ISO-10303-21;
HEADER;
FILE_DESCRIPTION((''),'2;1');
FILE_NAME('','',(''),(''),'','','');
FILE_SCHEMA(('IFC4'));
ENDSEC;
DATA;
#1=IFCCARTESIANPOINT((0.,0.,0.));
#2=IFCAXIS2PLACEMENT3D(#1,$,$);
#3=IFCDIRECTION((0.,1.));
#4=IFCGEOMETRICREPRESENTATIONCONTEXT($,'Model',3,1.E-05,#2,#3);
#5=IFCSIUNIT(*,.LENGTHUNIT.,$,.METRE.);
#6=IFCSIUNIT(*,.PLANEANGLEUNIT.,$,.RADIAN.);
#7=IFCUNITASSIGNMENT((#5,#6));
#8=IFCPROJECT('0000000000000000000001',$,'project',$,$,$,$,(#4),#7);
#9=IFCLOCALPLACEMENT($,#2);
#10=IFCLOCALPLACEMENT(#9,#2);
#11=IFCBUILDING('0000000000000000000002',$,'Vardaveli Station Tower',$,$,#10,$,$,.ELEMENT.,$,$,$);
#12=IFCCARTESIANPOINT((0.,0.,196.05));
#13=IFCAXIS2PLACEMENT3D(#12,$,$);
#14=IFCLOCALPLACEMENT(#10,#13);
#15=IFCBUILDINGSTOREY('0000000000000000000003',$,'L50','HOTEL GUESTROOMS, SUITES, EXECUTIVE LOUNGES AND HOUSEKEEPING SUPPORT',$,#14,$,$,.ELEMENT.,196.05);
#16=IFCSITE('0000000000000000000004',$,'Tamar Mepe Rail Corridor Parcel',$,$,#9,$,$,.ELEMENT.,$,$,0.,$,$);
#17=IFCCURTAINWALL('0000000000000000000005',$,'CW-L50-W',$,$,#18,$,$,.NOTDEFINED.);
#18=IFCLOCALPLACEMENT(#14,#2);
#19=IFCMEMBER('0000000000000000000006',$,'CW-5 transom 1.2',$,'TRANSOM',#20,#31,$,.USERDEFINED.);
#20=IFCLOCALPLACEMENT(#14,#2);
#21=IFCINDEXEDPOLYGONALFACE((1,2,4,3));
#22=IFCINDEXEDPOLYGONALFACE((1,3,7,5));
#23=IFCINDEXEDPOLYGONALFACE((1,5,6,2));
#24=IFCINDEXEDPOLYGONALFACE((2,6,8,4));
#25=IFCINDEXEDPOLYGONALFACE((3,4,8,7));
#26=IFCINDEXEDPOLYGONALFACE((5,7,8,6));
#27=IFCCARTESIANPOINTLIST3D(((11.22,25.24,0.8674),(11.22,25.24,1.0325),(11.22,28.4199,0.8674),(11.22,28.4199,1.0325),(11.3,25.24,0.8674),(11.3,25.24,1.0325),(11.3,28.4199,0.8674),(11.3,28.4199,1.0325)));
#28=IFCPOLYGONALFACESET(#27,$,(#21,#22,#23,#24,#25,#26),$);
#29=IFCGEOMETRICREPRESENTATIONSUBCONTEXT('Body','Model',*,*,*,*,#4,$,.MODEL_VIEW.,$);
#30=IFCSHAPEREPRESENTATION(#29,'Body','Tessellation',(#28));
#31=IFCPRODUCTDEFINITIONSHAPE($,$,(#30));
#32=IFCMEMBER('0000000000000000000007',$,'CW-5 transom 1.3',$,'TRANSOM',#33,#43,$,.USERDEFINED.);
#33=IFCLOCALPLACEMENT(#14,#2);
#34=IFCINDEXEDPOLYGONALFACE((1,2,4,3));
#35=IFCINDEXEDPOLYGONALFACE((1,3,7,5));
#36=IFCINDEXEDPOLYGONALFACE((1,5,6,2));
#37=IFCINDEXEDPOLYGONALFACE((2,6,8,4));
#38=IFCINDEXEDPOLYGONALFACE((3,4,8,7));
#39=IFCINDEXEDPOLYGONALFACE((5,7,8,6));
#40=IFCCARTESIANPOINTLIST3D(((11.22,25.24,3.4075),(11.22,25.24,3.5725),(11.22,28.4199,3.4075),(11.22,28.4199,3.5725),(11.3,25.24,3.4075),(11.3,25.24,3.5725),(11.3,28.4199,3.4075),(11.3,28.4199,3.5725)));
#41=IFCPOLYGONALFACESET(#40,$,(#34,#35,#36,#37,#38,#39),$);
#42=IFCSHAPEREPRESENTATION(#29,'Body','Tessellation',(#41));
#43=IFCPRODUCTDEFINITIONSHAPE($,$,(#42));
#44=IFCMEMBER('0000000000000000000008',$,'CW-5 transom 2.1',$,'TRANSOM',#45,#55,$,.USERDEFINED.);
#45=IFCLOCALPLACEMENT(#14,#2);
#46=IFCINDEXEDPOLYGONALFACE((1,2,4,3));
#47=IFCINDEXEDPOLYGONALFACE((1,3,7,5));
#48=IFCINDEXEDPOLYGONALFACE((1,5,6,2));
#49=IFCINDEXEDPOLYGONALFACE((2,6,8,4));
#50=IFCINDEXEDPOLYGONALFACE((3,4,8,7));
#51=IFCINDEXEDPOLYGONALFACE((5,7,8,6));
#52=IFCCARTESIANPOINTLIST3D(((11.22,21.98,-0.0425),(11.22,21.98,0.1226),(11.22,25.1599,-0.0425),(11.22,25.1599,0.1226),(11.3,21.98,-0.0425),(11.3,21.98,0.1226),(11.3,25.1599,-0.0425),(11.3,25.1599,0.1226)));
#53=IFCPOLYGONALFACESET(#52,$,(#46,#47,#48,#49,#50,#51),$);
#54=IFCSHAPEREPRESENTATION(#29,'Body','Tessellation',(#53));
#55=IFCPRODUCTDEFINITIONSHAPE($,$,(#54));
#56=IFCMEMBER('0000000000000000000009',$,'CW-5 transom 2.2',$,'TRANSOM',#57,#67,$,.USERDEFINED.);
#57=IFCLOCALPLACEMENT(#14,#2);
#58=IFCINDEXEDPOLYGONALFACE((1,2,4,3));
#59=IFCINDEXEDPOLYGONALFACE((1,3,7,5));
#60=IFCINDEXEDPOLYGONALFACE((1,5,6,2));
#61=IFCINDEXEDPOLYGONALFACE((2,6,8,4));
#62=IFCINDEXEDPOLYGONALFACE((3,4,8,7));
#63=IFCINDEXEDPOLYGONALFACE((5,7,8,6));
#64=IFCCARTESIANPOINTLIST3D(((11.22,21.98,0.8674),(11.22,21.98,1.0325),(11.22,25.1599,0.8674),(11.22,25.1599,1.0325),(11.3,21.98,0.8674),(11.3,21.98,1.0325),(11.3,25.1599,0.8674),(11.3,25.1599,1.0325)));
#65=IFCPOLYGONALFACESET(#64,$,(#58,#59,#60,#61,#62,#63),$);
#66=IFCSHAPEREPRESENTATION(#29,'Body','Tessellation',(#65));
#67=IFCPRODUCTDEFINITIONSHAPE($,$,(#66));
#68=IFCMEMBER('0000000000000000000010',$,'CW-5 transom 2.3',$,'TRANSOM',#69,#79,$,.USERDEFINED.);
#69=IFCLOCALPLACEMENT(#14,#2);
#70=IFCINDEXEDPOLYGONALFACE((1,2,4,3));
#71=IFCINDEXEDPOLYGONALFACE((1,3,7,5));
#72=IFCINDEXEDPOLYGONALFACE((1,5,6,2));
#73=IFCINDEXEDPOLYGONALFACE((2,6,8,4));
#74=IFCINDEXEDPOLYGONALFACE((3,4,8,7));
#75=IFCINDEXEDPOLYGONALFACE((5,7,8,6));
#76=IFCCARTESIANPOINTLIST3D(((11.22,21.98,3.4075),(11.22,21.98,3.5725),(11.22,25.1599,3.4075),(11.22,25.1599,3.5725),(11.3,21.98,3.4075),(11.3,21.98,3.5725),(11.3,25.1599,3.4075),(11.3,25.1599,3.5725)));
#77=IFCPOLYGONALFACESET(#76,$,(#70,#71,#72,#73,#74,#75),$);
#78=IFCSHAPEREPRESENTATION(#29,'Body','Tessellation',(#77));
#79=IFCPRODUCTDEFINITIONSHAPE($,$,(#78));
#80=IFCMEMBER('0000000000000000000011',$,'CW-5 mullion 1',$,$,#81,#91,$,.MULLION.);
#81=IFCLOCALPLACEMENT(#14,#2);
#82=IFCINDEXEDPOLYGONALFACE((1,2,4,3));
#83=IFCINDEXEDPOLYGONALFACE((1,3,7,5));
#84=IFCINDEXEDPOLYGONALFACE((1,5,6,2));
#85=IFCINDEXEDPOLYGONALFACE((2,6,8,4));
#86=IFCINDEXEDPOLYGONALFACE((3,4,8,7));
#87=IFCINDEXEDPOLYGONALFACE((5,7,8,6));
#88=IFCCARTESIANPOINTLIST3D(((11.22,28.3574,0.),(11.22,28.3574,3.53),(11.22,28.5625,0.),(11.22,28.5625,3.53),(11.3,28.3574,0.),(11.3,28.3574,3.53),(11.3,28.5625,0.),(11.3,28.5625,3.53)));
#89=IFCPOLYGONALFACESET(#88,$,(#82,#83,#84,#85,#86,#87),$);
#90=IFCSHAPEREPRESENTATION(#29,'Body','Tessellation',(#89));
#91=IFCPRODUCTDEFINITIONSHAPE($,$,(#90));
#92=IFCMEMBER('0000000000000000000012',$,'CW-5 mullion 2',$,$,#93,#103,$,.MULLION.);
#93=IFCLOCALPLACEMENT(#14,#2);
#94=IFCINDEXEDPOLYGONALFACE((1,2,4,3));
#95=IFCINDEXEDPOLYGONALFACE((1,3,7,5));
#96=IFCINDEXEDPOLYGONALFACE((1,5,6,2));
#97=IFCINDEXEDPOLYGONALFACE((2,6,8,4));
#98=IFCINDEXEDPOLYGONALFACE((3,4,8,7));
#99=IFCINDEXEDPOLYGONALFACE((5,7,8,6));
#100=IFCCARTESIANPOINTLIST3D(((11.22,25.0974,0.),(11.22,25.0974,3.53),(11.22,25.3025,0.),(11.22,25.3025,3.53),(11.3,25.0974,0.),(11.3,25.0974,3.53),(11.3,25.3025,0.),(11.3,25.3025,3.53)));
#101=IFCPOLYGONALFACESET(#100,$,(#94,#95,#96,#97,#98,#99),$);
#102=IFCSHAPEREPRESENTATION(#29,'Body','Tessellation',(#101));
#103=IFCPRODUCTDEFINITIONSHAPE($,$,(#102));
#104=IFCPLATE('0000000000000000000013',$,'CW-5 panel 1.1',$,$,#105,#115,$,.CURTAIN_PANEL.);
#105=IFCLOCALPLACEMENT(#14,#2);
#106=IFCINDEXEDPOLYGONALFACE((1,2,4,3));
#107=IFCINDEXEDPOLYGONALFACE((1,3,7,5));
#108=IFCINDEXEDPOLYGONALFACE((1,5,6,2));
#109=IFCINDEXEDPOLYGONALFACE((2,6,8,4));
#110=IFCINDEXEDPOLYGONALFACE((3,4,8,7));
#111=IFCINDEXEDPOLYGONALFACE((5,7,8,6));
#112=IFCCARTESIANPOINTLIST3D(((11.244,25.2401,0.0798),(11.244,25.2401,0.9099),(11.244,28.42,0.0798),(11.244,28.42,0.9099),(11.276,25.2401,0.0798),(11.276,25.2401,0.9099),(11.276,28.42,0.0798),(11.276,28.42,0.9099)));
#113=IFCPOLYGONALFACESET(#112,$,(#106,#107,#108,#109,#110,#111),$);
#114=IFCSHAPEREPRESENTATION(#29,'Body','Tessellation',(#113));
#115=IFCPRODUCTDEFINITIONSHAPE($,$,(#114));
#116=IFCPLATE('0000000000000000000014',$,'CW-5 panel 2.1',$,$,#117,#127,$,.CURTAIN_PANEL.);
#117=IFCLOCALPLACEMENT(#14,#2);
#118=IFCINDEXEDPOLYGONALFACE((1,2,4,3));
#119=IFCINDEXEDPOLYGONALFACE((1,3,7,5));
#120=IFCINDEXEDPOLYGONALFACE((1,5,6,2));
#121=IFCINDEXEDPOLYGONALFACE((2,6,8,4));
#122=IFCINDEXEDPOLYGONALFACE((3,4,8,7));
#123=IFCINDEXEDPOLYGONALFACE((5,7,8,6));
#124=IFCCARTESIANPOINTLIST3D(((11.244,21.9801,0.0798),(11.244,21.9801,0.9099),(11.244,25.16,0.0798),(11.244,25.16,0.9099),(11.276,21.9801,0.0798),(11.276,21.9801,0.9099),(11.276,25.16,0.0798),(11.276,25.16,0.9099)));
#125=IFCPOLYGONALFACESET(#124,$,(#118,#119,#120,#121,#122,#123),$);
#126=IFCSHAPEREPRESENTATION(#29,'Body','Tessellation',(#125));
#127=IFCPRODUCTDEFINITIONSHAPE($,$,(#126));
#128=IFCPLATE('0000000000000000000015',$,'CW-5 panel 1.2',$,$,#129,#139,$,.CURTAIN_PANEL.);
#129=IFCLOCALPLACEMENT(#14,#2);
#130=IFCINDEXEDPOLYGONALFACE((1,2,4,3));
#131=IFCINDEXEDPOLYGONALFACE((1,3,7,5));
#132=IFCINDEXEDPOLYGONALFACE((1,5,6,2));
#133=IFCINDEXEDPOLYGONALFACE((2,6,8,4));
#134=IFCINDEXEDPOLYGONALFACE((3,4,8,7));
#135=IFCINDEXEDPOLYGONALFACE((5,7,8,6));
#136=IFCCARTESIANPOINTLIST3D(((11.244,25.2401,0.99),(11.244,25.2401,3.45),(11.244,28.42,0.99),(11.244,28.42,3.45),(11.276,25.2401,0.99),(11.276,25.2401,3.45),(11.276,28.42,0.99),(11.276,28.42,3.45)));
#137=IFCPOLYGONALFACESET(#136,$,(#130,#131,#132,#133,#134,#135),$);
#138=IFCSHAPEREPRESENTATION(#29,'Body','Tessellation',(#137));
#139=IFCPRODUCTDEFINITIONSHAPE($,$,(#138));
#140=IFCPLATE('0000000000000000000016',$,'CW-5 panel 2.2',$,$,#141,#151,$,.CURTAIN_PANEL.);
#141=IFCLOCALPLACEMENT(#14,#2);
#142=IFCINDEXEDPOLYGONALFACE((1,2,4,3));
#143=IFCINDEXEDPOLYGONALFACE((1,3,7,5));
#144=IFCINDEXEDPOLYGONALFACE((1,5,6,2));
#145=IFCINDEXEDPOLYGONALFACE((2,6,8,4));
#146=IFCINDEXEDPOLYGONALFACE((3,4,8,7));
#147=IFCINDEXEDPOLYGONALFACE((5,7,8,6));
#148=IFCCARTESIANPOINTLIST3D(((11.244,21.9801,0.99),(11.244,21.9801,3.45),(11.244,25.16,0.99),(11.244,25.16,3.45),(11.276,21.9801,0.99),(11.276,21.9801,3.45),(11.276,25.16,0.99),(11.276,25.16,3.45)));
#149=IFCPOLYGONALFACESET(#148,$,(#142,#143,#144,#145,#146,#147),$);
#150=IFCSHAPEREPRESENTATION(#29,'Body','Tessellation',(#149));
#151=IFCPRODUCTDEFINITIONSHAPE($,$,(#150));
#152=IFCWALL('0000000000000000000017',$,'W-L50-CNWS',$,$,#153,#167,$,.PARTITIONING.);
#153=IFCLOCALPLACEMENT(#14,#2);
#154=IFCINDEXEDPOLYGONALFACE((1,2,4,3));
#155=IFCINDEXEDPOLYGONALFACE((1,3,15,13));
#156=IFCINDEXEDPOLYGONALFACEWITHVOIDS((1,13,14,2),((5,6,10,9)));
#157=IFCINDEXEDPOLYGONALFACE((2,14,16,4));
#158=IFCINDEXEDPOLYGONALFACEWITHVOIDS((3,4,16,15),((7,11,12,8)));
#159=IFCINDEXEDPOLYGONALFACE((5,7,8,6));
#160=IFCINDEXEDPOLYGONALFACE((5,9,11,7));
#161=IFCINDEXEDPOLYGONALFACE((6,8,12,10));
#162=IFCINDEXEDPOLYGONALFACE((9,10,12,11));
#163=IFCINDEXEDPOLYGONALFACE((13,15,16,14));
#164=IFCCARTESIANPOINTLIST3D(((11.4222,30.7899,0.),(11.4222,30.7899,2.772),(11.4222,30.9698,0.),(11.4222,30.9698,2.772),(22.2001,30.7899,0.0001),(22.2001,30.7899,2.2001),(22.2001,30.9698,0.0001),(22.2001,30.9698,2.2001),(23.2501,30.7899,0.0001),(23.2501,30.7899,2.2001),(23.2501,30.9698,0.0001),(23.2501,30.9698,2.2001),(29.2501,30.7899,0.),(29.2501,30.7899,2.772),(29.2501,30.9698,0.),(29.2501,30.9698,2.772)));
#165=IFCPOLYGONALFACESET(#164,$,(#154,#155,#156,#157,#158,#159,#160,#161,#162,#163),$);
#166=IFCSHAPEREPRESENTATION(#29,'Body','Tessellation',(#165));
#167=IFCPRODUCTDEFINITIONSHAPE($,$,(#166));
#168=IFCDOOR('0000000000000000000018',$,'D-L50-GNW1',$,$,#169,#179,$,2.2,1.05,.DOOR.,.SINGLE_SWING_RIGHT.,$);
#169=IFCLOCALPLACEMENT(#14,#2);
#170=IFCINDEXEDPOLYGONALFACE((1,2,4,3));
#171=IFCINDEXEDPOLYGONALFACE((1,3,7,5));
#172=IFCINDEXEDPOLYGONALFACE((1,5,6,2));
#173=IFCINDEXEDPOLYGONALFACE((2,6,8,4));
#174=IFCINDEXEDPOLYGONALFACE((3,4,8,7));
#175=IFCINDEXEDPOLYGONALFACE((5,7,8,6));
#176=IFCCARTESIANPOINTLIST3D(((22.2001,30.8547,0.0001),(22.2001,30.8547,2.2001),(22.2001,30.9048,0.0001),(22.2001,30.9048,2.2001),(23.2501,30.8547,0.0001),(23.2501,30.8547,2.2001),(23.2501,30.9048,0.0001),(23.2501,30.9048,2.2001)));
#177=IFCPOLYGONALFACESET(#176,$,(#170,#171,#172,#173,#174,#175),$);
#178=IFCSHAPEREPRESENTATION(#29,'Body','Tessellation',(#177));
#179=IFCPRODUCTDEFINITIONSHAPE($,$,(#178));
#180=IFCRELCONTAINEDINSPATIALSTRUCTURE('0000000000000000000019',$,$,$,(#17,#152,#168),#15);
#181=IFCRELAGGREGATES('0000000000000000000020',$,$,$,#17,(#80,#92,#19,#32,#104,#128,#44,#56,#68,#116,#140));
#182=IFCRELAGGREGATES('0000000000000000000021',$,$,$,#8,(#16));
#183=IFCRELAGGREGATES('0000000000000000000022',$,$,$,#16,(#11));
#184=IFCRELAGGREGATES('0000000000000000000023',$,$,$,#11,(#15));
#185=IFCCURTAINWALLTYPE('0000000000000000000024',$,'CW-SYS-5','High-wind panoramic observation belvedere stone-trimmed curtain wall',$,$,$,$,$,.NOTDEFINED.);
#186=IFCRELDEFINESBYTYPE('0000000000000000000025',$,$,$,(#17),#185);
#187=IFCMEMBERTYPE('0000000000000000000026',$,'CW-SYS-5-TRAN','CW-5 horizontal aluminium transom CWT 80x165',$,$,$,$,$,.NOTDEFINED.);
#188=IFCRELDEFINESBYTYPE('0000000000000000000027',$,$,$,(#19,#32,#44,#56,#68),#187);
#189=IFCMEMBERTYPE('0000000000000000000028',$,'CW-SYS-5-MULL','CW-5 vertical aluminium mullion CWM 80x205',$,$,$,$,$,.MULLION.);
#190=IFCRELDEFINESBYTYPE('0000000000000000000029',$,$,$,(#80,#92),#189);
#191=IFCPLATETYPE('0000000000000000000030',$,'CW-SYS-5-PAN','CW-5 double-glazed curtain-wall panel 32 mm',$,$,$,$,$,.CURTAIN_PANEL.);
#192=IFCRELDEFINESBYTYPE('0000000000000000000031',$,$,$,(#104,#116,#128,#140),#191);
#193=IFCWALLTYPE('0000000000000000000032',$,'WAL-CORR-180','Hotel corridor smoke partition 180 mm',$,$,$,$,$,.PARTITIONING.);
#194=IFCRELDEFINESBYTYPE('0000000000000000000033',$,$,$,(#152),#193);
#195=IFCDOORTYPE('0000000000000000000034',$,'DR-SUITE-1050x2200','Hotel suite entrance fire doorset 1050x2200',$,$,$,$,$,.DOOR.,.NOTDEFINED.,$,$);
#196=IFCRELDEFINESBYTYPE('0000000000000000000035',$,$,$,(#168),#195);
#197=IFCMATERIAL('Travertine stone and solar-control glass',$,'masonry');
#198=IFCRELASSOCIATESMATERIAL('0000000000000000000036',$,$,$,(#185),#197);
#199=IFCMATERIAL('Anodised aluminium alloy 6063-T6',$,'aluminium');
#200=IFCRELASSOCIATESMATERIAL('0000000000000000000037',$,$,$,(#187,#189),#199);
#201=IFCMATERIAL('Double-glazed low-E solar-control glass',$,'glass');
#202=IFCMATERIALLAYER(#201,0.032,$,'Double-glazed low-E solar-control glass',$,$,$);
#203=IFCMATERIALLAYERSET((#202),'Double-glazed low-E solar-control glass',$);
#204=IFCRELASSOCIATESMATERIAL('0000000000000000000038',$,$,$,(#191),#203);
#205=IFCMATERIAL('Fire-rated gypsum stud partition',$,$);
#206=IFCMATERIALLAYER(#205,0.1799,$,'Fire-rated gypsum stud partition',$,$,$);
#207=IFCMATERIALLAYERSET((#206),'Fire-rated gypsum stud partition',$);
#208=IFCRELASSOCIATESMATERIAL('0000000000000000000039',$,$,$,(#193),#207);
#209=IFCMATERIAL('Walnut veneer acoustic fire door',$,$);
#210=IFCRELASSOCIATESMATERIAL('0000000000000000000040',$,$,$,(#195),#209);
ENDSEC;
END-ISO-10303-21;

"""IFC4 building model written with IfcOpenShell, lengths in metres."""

from ifc_helpers import new_model, si_unit, direction, frame, frame_2d, origin, origin_2d, place, context, subcontext, project, spatial, rectangle, extrude, source, transform, mapped, material, layer, layer_set, material_profile, profile_set, type_object, element, fill, aggregate, save


model = new_model("IFC4")

# Units and contexts
model_context = context("Model", 3, precision=1e-05, world=origin(), true_north=direction((0.0, 1.0)))
body_context = subcontext(model_context, "Body", "Model", "MODEL_VIEW")
ifc_project = project(units=[si_unit("LENGTHUNIT", "METRE"), si_unit("PLANEANGLEUNIT", "RADIAN")], contexts=[model_context])

# Site, building, storey
site_placement = place(None, origin())
site = spatial("IfcSite", under=ifc_project, at=site_placement, Name="Tamar Mepe Rail Corridor Parcel", CompositionType="ELEMENT", RefElevation=0.0)
building_placement = place(site_placement, origin())
building = spatial("IfcBuilding", under=site, at=building_placement, Name="Vardaveli Station Tower", CompositionType="ELEMENT")
storey_placement = place(building_placement, frame((0.0, 0.0, 196.05)))
storey = spatial("IfcBuildingStorey", under=building, at=storey_placement, Name="L50", Description="HOTEL GUESTROOMS, SUITES, EXECUTIVE LOUNGES AND HOUSEKEEPING SUPPORT", CompositionType="ELEMENT", Elevation=196.05)

# Curtain wall, members, plates
ifc_material_1 = material(Name="Travertine stone and solar-control glass", Category="masonry")
curtain_wall_type = type_object("IfcCurtainWallType", Name="CW-SYS-5", Description="High-wind panoramic observation belvedere stone-trimmed curtain wall", PredefinedType="NOTDEFINED", material=ifc_material_1)
curtain_wall_placement = place(storey_placement, origin())
curtain_wall = element("IfcCurtainWall", 1, at=curtain_wall_placement, inside=storey, type_object=curtain_wall_type, Name="CW-L50-W", PredefinedType="NOTDEFINED")
ifc_material_2 = material(Name="Anodised aluminium alloy 6063-T6", Category="aluminium")
ifc_material_profile_1 = material_profile(ifc_material_2, rectangle(XDim=0.0801, YDim=0.165, at=origin_2d()), Name="CWT 80x165")
ifc_profile_set_1 = profile_set([ifc_material_profile_1], Name="Anodised aluminium alloy 6063-T6")
member_type_1 = type_object("IfcMemberType", Name="CW-SYS-5-TRAN", Description="CW-5 horizontal aluminium transom CWT 80x165", PredefinedType="NOTDEFINED", material=ifc_profile_set_1)
shared_shape_1 = source(origin(), body_context, "Body", "SweptSolid", [
    extrude(rectangle(XDim=0.0801, YDim=0.165, at=origin_2d()), origin(), (0.0, 0.0, 1.0), 3.1799),
])
member_1_placement = place(storey_placement, frame((11.26, 28.4199, 0.95), z_axis=(0.0, -1.0, 0.0), x_axis=(1.0, 0.0, 0.0)))
member_1 = element("IfcMember", 2, at=member_1_placement, type_object=member_type_1, Name="CW-5 transom 1.2", ObjectType="TRANSOM", PredefinedType="USERDEFINED", context=body_context, shape_type="MappedRepresentation", body=[
    mapped(shared_shape_1, transform((0.0, 0.0, 0.0), scale=1.0)),
])
member_2_placement = place(storey_placement, frame((11.26, 28.4199, 3.49), z_axis=(0.0, -1.0, 0.0), x_axis=(1.0, 0.0, 0.0)))
member_2 = element("IfcMember", 3, at=member_2_placement, type_object=member_type_1, Name="CW-5 transom 1.3", ObjectType="TRANSOM", PredefinedType="USERDEFINED", context=body_context, shape_type="MappedRepresentation", body=[
    mapped(shared_shape_1, transform((0.0, 0.0, 0.0), scale=1.0)),
])
member_3_placement = place(storey_placement, frame((11.26, 25.1599, 0.04), z_axis=(0.0, -1.0, 0.0), x_axis=(1.0, 0.0, 0.0)))
member_3 = element("IfcMember", 4, at=member_3_placement, type_object=member_type_1, Name="CW-5 transom 2.1", ObjectType="TRANSOM", PredefinedType="USERDEFINED", context=body_context, shape_type="MappedRepresentation", body=[
    mapped(shared_shape_1, transform((0.0, 0.0, 0.0), scale=1.0)),
])
member_4_placement = place(storey_placement, frame((11.26, 25.1599, 0.95), z_axis=(0.0, -1.0, 0.0), x_axis=(1.0, 0.0, 0.0)))
member_4 = element("IfcMember", 5, at=member_4_placement, type_object=member_type_1, Name="CW-5 transom 2.2", ObjectType="TRANSOM", PredefinedType="USERDEFINED", context=body_context, shape_type="MappedRepresentation", body=[
    mapped(shared_shape_1, transform((0.0, 0.0, 0.0), scale=1.0)),
])
member_5_placement = place(storey_placement, frame((11.26, 25.1599, 3.49), z_axis=(0.0, -1.0, 0.0), x_axis=(1.0, 0.0, 0.0)))
member_5 = element("IfcMember", 6, at=member_5_placement, type_object=member_type_1, Name="CW-5 transom 2.3", ObjectType="TRANSOM", PredefinedType="USERDEFINED", context=body_context, shape_type="MappedRepresentation", body=[
    mapped(shared_shape_1, transform((0.0, 0.0, 0.0), scale=1.0)),
])
ifc_material_profile_2 = material_profile(ifc_material_2, rectangle(XDim=0.0801, YDim=0.2051, at=origin_2d()), Name="CWM 80x205")
ifc_profile_set_2 = profile_set([ifc_material_profile_2], Name="Anodised aluminium alloy 6063-T6")
member_type_2 = type_object("IfcMemberType", Name="CW-SYS-5-MULL", Description="CW-5 vertical aluminium mullion CWM 80x205", PredefinedType="MULLION", material=ifc_profile_set_2)
shared_shape_2 = source(origin(), body_context, "Body", "SweptSolid", [
    extrude(rectangle(XDim=0.0801, YDim=0.2051, at=origin_2d()), origin(), (0.0, 0.0, 1.0), 3.53),
])
member_6_placement = place(storey_placement, frame((11.26, 28.46, 0.0), z_axis=(0.0, 0.0, 1.0), x_axis=(1.0, 0.0, 0.0)))
member_6 = element("IfcMember", 7, at=member_6_placement, type_object=member_type_2, Name="CW-5 mullion 1", PredefinedType="MULLION", context=body_context, shape_type="MappedRepresentation", body=[
    mapped(shared_shape_2, transform((0.0, 0.0, 0.0), scale=1.0)),
])
member_7_placement = place(storey_placement, frame((11.26, 25.2, 0.0), z_axis=(0.0, 0.0, 1.0), x_axis=(1.0, 0.0, 0.0)))
member_7 = element("IfcMember", 8, at=member_7_placement, type_object=member_type_2, Name="CW-5 mullion 2", PredefinedType="MULLION", context=body_context, shape_type="MappedRepresentation", body=[
    mapped(shared_shape_2, transform((0.0, 0.0, 0.0), scale=1.0)),
])
ifc_material_3 = material(Name="Double-glazed low-E solar-control glass", Category="glass")
ifc_layer_1 = layer(ifc_material_3, 0.032, Name="Double-glazed low-E solar-control glass")
ifc_layer_set_1 = layer_set([ifc_layer_1], Name="Double-glazed low-E solar-control glass")
plate_type = type_object("IfcPlateType", Name="CW-SYS-5-PAN", Description="CW-5 double-glazed curtain-wall panel 32 mm", PredefinedType="CURTAIN_PANEL", material=ifc_layer_set_1)
shared_shape_3 = source(origin(), body_context, "Body", "SweptSolid", [
    extrude(rectangle(XDim=3.1799, YDim=0.032, at=origin_2d()), origin(), (0.0, 0.0, 1.0), 0.8301),
])
plate_1_placement = place(storey_placement, frame((11.26, 26.8301, 0.0798), z_axis=(0.0, 0.0, 1.0), x_axis=(0.0, -1.0, 0.0)))
plate_1 = element("IfcPlate", 9, at=plate_1_placement, type_object=plate_type, Name="CW-5 panel 1.1", PredefinedType="CURTAIN_PANEL", context=body_context, shape_type="MappedRepresentation", body=[
    mapped(shared_shape_3, transform((0.0, 0.0, 0.0), scale=1.0)),
])
plate_2_placement = place(storey_placement, frame((11.26, 23.5701, 0.0798), z_axis=(0.0, 0.0, 1.0), x_axis=(0.0, -1.0, 0.0)))
plate_2 = element("IfcPlate", 10, at=plate_2_placement, type_object=plate_type, Name="CW-5 panel 2.1", PredefinedType="CURTAIN_PANEL", context=body_context, shape_type="MappedRepresentation", body=[
    mapped(shared_shape_3, transform((0.0, 0.0, 0.0), scale=1.0)),
])
shared_shape_4 = source(origin(), body_context, "Body", "SweptSolid", [
    extrude(rectangle(XDim=3.1799, YDim=0.032, at=origin_2d()), origin(), (0.0, 0.0, 1.0), 2.46),
])
plate_3_placement = place(storey_placement, frame((11.26, 26.8301, 0.99), z_axis=(0.0, 0.0, 1.0), x_axis=(0.0, -1.0, 0.0)))
plate_3 = element("IfcPlate", 11, at=plate_3_placement, type_object=plate_type, Name="CW-5 panel 1.2", PredefinedType="CURTAIN_PANEL", context=body_context, shape_type="MappedRepresentation", body=[
    mapped(shared_shape_4, transform((0.0, 0.0, 0.0), scale=1.0)),
])
plate_4_placement = place(storey_placement, frame((11.26, 23.5701, 0.99), z_axis=(0.0, 0.0, 1.0), x_axis=(0.0, -1.0, 0.0)))
plate_4 = element("IfcPlate", 12, at=plate_4_placement, type_object=plate_type, Name="CW-5 panel 2.2", PredefinedType="CURTAIN_PANEL", context=body_context, shape_type="MappedRepresentation", body=[
    mapped(shared_shape_4, transform((0.0, 0.0, 0.0), scale=1.0)),
])
aggregate(curtain_wall, [member_6, member_7, member_1, member_2, plate_1, plate_3, member_3, member_4, member_5, plate_2, plate_4])

# Wall, opening, door
ifc_material_4 = material(Name="Fire-rated gypsum stud partition")
ifc_layer_2 = layer(ifc_material_4, 0.1799, Name="Fire-rated gypsum stud partition")
ifc_layer_set_2 = layer_set([ifc_layer_2], Name="Fire-rated gypsum stud partition")
wall_type_1 = type_object("IfcWallType", Name="WAL-CORR-180", Description="Hotel corridor smoke partition 180 mm", PredefinedType="PARTITIONING", material=ifc_layer_set_2)
shared_shape_5 = source(origin(), body_context, "Body", "SweptSolid", [
    extrude(rectangle(XDim=17.8279, YDim=0.1799, at=frame_2d((8.9141, 0.0))), origin(), (0.0, 0.0, 1.0), 2.772),
])
wall_1_placement = place(storey_placement, frame((11.4221, 30.8799, 0.0), z_axis=(0.0, 0.0, 1.0), x_axis=(1.0, 0.0, 0.0)))
wall_1 = element("IfcWall", 13, at=wall_1_placement, inside=storey, type_object=wall_type_1, Name="W-L50-CNWS", PredefinedType="PARTITIONING", context=body_context, shape_type="MappedRepresentation", body=[
    mapped(shared_shape_5, transform((0.0, 0.0, 0.0), scale=1.0)),
])
shared_shape_6 = source(origin(), body_context, "Body", "SweptSolid", [
    extrude(rectangle(XDim=1.05, YDim=2.2, at=frame_2d((0.5249, 1.1001))), frame((0.0, 0.1001, 0.0), z_axis=(0.0, -1.0, 0.0), x_axis=(1.0, 0.0, 0.0)), (0.0, 0.0, 1.0), 0.2),
])
opening_placement = place(wall_1_placement, frame((10.7781, 0.0, 0.0)))
opening = element("IfcOpeningElement", 14, at=opening_placement, cuts=wall_1, PredefinedType="OPENING", context=body_context, shape_type="MappedRepresentation", body=[
    mapped(shared_shape_6, transform((0.0, 0.0, 0.0), scale=1.0)),
])
ifc_material_5 = material(Name="Walnut veneer acoustic fire door")
door_type = type_object("IfcDoorType", Name="DR-SUITE-1050x2200", Description="Hotel suite entrance fire doorset 1050x2200", OperationType="NOTDEFINED", PredefinedType="DOOR", material=ifc_material_5)
shared_shape_7 = source(origin(), body_context, "Body", "SweptSolid", [
    extrude(rectangle(XDim=1.05, YDim=2.2, at=frame_2d((0.5249, 1.1001))), frame((0.0, 0.0249, 0.0), z_axis=(0.0, -1.0, 0.0), x_axis=(1.0, 0.0, 0.0)), (0.0, 0.0, 1.0), 0.05),
])
door_placement = place(opening_placement, origin())
door = element("IfcDoor", 15, at=door_placement, inside=storey, type_object=door_type, Name="D-L50-GNW1", OperationType="SINGLE_SWING_RIGHT", OverallHeight=2.2, OverallWidth=1.05, PredefinedType="DOOR", context=body_context, shape_type="MappedRepresentation", body=[
    mapped(shared_shape_7, transform((0.0, 0.0, 0.0), scale=1.0)),
])
fill(opening, door)

save(model, "model.ifc")
